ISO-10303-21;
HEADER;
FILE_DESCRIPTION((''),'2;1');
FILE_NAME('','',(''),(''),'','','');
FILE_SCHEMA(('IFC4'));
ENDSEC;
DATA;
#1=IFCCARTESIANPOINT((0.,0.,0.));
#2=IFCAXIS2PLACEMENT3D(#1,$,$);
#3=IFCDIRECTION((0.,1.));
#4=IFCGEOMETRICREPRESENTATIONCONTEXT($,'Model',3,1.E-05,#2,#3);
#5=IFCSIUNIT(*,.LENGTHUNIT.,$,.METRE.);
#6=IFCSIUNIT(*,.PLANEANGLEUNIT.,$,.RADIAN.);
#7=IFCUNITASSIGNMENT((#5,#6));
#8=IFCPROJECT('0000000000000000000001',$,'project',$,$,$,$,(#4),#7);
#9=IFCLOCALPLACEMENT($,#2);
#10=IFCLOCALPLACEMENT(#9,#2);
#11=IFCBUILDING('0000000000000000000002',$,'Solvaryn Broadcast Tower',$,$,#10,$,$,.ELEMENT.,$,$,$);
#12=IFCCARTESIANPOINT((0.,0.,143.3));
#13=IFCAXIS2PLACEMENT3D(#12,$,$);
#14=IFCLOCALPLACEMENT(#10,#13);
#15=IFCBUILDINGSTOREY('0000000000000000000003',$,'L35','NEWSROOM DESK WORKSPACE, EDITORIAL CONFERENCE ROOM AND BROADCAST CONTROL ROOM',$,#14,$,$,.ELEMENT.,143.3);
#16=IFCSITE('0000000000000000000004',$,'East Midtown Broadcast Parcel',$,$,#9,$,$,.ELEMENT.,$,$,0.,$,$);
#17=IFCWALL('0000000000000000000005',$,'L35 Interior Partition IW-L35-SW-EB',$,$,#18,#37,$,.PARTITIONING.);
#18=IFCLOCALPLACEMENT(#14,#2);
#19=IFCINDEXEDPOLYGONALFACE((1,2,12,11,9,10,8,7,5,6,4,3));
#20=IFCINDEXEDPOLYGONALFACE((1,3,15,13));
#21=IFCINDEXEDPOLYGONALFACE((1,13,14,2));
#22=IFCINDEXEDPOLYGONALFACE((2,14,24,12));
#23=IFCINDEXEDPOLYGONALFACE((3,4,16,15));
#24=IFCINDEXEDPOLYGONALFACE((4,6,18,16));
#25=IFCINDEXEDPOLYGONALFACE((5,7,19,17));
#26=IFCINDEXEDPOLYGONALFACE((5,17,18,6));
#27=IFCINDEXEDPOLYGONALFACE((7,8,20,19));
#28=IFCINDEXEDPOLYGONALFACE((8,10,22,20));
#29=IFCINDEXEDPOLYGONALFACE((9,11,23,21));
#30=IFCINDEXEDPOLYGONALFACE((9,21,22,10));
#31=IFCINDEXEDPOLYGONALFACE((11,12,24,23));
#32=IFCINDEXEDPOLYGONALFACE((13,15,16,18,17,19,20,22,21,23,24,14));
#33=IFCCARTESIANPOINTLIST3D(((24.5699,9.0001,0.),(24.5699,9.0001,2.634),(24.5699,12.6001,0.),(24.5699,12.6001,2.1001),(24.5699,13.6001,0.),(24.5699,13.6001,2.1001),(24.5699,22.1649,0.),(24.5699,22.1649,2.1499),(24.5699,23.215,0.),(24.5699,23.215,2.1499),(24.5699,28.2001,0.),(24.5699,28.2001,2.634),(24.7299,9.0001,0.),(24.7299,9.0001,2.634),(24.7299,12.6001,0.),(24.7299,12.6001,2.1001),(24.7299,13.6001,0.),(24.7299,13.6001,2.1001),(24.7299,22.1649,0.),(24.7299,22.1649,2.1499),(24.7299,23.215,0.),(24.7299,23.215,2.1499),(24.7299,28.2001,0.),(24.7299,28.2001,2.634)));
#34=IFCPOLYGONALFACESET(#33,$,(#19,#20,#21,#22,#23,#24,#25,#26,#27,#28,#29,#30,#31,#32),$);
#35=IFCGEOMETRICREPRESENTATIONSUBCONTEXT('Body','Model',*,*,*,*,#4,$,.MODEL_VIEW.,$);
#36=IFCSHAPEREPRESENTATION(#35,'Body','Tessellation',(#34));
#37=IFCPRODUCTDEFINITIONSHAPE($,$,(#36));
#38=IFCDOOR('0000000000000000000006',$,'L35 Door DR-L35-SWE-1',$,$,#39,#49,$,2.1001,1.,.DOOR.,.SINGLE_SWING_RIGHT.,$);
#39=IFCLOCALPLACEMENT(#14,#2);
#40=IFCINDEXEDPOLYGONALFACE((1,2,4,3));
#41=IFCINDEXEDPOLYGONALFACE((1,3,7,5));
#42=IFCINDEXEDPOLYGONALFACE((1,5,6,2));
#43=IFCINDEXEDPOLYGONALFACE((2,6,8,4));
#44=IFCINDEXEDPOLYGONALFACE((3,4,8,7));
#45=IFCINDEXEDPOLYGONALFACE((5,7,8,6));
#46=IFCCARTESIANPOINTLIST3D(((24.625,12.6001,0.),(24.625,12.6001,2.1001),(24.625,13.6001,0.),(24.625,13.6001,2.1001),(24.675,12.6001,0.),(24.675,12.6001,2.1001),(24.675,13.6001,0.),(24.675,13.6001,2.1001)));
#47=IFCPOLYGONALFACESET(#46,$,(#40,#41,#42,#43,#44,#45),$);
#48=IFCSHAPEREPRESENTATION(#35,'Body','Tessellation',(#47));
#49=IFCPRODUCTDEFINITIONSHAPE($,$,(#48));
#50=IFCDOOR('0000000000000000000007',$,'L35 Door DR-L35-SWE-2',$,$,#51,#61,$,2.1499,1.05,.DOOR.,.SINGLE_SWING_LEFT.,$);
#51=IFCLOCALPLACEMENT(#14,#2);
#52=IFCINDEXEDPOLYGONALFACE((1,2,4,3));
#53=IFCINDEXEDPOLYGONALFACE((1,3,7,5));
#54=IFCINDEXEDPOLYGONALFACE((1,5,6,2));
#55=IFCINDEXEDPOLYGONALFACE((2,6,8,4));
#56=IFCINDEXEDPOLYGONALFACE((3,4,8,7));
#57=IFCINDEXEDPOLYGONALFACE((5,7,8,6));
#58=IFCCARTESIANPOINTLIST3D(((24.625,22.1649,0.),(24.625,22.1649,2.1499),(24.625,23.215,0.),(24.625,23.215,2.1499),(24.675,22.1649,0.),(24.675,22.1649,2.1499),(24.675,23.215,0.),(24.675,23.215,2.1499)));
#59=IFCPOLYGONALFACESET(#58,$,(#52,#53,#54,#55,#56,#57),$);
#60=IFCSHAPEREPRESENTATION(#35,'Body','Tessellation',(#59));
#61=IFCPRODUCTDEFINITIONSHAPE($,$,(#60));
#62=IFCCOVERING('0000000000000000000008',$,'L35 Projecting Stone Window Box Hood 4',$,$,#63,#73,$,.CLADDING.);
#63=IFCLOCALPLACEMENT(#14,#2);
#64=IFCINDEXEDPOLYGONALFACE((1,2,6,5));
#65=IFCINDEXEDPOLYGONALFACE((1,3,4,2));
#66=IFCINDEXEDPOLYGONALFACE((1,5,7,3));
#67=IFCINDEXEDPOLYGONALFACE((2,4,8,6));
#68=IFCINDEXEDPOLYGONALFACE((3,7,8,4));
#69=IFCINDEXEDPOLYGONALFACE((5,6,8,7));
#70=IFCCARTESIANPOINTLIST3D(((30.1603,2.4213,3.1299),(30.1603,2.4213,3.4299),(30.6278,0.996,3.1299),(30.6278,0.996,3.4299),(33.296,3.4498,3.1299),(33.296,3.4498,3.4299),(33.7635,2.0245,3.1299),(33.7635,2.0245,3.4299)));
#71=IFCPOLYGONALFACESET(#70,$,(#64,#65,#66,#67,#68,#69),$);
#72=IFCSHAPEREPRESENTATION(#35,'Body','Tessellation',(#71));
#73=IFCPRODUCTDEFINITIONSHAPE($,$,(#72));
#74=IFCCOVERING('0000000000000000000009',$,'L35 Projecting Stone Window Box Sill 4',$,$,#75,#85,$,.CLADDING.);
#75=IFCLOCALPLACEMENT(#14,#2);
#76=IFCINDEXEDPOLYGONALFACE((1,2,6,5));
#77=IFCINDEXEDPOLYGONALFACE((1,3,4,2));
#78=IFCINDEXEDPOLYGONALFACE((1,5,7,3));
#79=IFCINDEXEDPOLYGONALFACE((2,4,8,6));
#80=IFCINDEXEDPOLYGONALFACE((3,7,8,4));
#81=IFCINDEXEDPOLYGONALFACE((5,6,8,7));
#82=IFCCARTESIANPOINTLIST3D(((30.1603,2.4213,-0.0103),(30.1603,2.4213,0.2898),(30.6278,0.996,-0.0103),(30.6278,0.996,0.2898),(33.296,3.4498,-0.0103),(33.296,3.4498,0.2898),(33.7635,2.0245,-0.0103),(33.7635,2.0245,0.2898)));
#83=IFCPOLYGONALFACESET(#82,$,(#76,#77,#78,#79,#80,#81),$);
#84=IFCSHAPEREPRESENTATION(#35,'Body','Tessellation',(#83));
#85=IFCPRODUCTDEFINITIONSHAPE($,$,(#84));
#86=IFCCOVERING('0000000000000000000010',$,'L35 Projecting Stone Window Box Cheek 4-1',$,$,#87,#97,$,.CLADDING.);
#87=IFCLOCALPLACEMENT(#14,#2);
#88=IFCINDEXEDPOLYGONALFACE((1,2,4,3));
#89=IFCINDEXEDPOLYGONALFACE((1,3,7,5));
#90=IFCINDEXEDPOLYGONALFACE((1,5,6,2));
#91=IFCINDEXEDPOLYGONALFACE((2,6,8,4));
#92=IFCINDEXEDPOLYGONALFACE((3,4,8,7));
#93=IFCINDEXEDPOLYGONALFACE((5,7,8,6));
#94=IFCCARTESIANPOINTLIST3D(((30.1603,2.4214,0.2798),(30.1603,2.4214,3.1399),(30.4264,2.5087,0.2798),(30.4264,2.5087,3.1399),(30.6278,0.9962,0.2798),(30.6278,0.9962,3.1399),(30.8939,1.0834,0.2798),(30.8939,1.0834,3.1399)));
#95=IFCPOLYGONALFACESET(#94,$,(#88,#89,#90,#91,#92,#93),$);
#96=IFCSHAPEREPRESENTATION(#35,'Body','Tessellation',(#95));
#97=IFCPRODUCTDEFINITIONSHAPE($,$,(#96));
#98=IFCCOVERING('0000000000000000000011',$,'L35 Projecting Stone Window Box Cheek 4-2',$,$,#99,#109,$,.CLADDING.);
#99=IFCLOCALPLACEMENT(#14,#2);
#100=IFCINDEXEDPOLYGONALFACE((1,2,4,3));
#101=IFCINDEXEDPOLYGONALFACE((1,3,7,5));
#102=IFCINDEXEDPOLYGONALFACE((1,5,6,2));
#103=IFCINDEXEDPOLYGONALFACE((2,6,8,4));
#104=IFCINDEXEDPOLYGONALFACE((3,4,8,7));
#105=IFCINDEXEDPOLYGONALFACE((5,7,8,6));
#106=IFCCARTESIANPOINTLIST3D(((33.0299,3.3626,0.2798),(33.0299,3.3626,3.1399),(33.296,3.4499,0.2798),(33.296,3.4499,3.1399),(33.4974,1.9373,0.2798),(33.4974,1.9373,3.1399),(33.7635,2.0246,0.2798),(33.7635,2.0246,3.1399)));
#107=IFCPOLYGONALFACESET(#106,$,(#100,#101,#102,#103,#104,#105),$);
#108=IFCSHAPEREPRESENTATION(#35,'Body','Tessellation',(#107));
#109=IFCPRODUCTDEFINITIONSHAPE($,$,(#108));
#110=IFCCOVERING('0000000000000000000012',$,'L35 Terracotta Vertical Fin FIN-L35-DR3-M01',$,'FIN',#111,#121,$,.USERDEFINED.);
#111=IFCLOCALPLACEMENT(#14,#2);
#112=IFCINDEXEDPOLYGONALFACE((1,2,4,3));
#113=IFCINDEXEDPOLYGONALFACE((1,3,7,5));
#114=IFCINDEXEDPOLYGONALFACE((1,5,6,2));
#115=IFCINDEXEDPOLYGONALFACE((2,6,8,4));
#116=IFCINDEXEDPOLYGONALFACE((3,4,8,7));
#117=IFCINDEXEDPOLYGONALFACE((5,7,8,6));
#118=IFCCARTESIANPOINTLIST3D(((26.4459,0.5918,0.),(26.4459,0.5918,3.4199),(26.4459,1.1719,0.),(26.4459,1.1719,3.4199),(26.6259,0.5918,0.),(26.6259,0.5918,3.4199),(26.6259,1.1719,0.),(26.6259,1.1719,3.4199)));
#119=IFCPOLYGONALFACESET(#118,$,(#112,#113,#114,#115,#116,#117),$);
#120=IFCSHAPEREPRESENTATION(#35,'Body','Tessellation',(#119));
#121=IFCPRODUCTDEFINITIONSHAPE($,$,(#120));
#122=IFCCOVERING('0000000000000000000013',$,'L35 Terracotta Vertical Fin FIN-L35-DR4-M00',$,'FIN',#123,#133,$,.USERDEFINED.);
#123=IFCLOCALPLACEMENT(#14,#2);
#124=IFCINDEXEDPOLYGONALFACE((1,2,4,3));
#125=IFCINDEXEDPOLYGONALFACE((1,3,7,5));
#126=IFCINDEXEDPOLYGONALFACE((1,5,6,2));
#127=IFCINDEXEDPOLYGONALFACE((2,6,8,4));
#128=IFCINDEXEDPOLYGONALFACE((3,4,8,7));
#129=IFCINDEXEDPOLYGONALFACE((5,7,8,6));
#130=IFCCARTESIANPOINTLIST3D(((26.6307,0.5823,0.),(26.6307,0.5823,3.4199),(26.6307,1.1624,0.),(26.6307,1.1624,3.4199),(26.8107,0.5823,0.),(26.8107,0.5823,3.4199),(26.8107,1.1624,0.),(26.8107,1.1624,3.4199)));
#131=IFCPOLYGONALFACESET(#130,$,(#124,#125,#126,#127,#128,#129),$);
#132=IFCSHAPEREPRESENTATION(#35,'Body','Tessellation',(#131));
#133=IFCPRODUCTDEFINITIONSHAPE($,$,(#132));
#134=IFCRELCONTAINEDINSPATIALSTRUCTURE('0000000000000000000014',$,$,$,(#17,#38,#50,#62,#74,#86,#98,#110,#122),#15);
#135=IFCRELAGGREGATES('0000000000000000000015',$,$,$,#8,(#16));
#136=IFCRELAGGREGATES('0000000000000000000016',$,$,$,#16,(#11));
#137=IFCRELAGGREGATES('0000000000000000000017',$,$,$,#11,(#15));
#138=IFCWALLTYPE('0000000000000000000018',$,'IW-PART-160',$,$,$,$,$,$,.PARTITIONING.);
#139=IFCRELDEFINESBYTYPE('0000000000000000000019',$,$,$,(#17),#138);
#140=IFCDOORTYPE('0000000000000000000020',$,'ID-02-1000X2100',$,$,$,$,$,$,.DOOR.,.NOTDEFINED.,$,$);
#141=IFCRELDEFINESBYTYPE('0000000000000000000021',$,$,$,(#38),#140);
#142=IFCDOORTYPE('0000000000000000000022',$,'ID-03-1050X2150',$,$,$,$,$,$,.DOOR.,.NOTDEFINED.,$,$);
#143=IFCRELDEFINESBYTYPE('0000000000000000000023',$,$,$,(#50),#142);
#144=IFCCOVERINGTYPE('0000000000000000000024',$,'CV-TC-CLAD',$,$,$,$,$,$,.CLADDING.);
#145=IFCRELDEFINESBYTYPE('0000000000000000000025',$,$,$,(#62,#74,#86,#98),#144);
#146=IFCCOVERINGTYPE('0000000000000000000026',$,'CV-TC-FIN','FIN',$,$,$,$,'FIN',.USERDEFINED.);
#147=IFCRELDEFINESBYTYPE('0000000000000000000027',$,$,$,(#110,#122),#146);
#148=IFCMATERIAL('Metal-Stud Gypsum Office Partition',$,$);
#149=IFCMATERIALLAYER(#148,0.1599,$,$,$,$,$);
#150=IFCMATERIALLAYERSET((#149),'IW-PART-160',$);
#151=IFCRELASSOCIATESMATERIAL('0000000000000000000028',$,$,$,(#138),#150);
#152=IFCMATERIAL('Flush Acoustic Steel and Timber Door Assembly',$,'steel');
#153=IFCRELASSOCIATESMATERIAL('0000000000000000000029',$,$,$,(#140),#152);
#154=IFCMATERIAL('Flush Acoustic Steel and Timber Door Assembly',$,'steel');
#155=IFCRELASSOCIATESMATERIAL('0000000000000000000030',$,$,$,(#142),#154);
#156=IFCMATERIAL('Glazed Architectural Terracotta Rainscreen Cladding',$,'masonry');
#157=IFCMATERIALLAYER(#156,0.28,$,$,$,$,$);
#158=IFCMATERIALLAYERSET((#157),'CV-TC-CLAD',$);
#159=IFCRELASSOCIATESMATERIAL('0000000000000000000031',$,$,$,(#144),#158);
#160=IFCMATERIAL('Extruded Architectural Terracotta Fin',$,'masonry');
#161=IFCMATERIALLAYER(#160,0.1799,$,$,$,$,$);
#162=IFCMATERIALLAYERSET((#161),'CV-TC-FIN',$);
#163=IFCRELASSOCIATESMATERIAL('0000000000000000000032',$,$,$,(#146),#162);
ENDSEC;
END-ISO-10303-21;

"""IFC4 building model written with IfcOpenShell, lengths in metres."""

from ifc_helpers import new_model, si_unit, direction, frame, frame_2d, origin, origin_2d, place, context, subcontext, project, spatial, rectangle, extrude, material, layer, layer_set, type_object, element, fill, save


model = new_model("IFC4")

# Units and contexts
model_context = context("Model", 3, precision=1e-05, world=origin(), true_north=direction((0.0, 1.0)))
body_context = subcontext(model_context, "Body", "Model", "MODEL_VIEW")
ifc_project = project(units=[si_unit("LENGTHUNIT", "METRE"), si_unit("PLANEANGLEUNIT", "RADIAN")], contexts=[model_context])

# Site, building, storey
site_placement = place(None, origin())
site = spatial("IfcSite", under=ifc_project, at=site_placement, Name="East Midtown Broadcast Parcel", CompositionType="ELEMENT", RefElevation=0.0)
building_placement = place(site_placement, origin())
building = spatial("IfcBuilding", under=site, at=building_placement, Name="Solvaryn Broadcast Tower", CompositionType="ELEMENT")
storey_placement = place(building_placement, frame((0.0, 0.0, 143.3)))
storey = spatial("IfcBuildingStorey", under=building, at=storey_placement, Name="L35", Description="NEWSROOM DESK WORKSPACE, EDITORIAL CONFERENCE ROOM AND BROADCAST CONTROL ROOM", CompositionType="ELEMENT", Elevation=143.3)

# Wall, openings, doors
ifc_material_1 = material(Name="Metal-Stud Gypsum Office Partition")
ifc_layer_1 = layer(ifc_material_1, 0.1599)
ifc_layer_set_1 = layer_set([ifc_layer_1], Name="IW-PART-160")
wall_type_1 = type_object("IfcWallType", Name="IW-PART-160", PredefinedType="PARTITIONING", material=ifc_layer_set_1)
wall_1_placement = place(storey_placement, frame((24.6499, 9.0, 0.0), z_axis=(0.0, 0.0, 1.0), x_axis=(0.0, 1.0, 0.0)))
wall_1 = element("IfcWall", 1, at=wall_1_placement, inside=storey, type_object=wall_type_1, Name="L35 Interior Partition IW-L35-SW-EB", PredefinedType="PARTITIONING", context=body_context, shape_type="SweptSolid", body=[
    extrude(rectangle(XDim=19.2, YDim=0.1599, at=frame_2d((9.6001, 0.0))), origin(), (0.0, 0.0, 1.0), 2.634),
])
opening_1_placement = place(wall_1_placement, frame((3.6001, 0.0, 0.0)))
opening_1 = element("IfcOpeningElement", 2, at=opening_1_placement, cuts=wall_1, PredefinedType="OPENING", context=body_context, shape_type="SweptSolid", body=[
    extrude(rectangle(XDim=1.0, YDim=2.1001, at=frame_2d((0.5, 1.05))), frame((0.0, 0.0901, 0.0), z_axis=(0.0, -1.0, 0.0), x_axis=(1.0, 0.0, 0.0)), (0.0, 0.0, 1.0), 0.1799),
])
opening_2_placement = place(wall_1_placement, frame((13.165, 0.0, 0.0)))
opening_2 = element("IfcOpeningElement", 3, at=opening_2_placement, cuts=wall_1, PredefinedType="OPENING", context=body_context, shape_type="SweptSolid", body=[
    extrude(rectangle(XDim=1.05, YDim=2.1499, at=frame_2d((0.5249, 1.075))), frame((0.0, 0.0901, 0.0), z_axis=(0.0, -1.0, 0.0), x_axis=(1.0, 0.0, 0.0)), (0.0, 0.0, 1.0), 0.1799),
])
ifc_material_2 = material(Name="Flush Acoustic Steel and Timber Door Assembly", Category="steel")
door_type_1 = type_object("IfcDoorType", Name="ID-02-1000X2100", OperationType="NOTDEFINED", PredefinedType="DOOR", material=ifc_material_2)
door_1_placement = place(opening_1_placement, origin())
door_1 = element("IfcDoor", 4, at=door_1_placement, inside=storey, type_object=door_type_1, Name="L35 Door DR-L35-SWE-1", OperationType="SINGLE_SWING_RIGHT", OverallHeight=2.1001, OverallWidth=1.0, PredefinedType="DOOR", context=body_context, shape_type="SweptSolid", body=[
    extrude(rectangle(XDim=1.0, YDim=2.1001, at=frame_2d((0.5, 1.05))), frame((0.0, 0.0249, 0.0), z_axis=(0.0, -1.0, 0.0), x_axis=(1.0, 0.0, 0.0)), (0.0, 0.0, 1.0), 0.05),
])
fill(opening_1, door_1)
ifc_material_3 = material(Name="Flush Acoustic Steel and Timber Door Assembly", Category="steel")
door_type_2 = type_object("IfcDoorType", Name="ID-03-1050X2150", OperationType="NOTDEFINED", PredefinedType="DOOR", material=ifc_material_3)
door_2_placement = place(opening_2_placement, origin())
door_2 = element("IfcDoor", 5, at=door_2_placement, inside=storey, type_object=door_type_2, Name="L35 Door DR-L35-SWE-2", OperationType="SINGLE_SWING_LEFT", OverallHeight=2.1499, OverallWidth=1.05, PredefinedType="DOOR", context=body_context, shape_type="SweptSolid", body=[
    extrude(rectangle(XDim=1.05, YDim=2.1499, at=frame_2d((0.5249, 1.075))), frame((0.0, 0.0249, 0.0), z_axis=(0.0, -1.0, 0.0), x_axis=(1.0, 0.0, 0.0)), (0.0, 0.0, 1.0), 0.05),
])
fill(opening_2, door_2)

# Coverings
ifc_material_4 = material(Name="Glazed Architectural Terracotta Rainscreen Cladding", Category="masonry")
ifc_layer_2 = layer(ifc_material_4, 0.28)
ifc_layer_set_2 = layer_set([ifc_layer_2], Name="CV-TC-CLAD")
covering_type_1 = type_object("IfcCoveringType", Name="CV-TC-CLAD", PredefinedType="CLADDING", material=ifc_layer_set_2)
for number, where, z_axis, x_axis, name in (
    (6, (31.9619, 2.2229, 3.1299), (0.0, 0.0, 1.0), (0.95019, 0.311672, 0.0), "L35 Projecting Stone Window Box Hood 4"),
    (7, (31.9619, 2.2229, -0.0103), (0.0, 0.0, 1.0), (0.95019, 0.311672, 0.0), "L35 Projecting Stone Window Box Sill 4"),
):
    element("IfcCovering", number, at=place(storey_placement, frame(where, z_axis=z_axis, x_axis=x_axis)), inside=storey, type_object=covering_type_1, Name=name, PredefinedType="CLADDING", context=body_context, shape_type="SweptSolid", body=[
        extrude(rectangle(XDim=3.3, YDim=1.5, at=origin_2d()), origin(), (0.0, 0.0, 1.0), 0.3),
    ])
for number, where, z_axis, x_axis, name in (
    (8, (30.5271, 1.7524, 0.2798), (0.0, 0.0, 1.0), (0.95019, 0.311672, 0.0), "L35 Projecting Stone Window Box Cheek 4-1"),
    (9, (33.3967, 2.6936, 0.2798), (0.0, 0.0, 1.0), (0.95019, 0.311672, 0.0), "L35 Projecting Stone Window Box Cheek 4-2"),
):
    element("IfcCovering", number, at=place(storey_placement, frame(where, z_axis=z_axis, x_axis=x_axis)), inside=storey, type_object=covering_type_1, Name=name, PredefinedType="CLADDING", context=body_context, shape_type="SweptSolid", body=[
        extrude(rectangle(XDim=0.28, YDim=1.5, at=origin_2d()), origin(), (0.0, 0.0, 1.0), 2.8601),
    ])
ifc_material_5 = material(Name="Extruded Architectural Terracotta Fin", Category="masonry")
ifc_layer_3 = layer(ifc_material_5, 0.1799)
ifc_layer_set_3 = layer_set([ifc_layer_3], Name="CV-TC-FIN")
covering_type_2 = type_object("IfcCoveringType", Name="CV-TC-FIN", Description="FIN", ElementType="FIN", PredefinedType="USERDEFINED", material=ifc_layer_set_3)
for number, where, z_axis, x_axis, name in (
    (10, (26.5359, 0.8818, 0.0), (0.0, 0.0, 1.0), (1.0, 0.0, 0.0), "L35 Terracotta Vertical Fin FIN-L35-DR3-M01"),
    (11, (26.7207, 0.8723, 0.0), (0.0, 0.0, 1.0), (1.0, 0.0, 0.0), "L35 Terracotta Vertical Fin FIN-L35-DR4-M00"),
):
    element("IfcCovering", number, at=place(storey_placement, frame(where, z_axis=z_axis, x_axis=x_axis)), inside=storey, type_object=covering_type_2, Name=name, ObjectType="FIN", PredefinedType="USERDEFINED", context=body_context, shape_type="SweptSolid", body=[
        extrude(rectangle(XDim=0.1799, YDim=0.5801, at=origin_2d()), origin(), (0.0, 0.0, 1.0), 3.4199),
    ])

save(model, "model.ifc")
